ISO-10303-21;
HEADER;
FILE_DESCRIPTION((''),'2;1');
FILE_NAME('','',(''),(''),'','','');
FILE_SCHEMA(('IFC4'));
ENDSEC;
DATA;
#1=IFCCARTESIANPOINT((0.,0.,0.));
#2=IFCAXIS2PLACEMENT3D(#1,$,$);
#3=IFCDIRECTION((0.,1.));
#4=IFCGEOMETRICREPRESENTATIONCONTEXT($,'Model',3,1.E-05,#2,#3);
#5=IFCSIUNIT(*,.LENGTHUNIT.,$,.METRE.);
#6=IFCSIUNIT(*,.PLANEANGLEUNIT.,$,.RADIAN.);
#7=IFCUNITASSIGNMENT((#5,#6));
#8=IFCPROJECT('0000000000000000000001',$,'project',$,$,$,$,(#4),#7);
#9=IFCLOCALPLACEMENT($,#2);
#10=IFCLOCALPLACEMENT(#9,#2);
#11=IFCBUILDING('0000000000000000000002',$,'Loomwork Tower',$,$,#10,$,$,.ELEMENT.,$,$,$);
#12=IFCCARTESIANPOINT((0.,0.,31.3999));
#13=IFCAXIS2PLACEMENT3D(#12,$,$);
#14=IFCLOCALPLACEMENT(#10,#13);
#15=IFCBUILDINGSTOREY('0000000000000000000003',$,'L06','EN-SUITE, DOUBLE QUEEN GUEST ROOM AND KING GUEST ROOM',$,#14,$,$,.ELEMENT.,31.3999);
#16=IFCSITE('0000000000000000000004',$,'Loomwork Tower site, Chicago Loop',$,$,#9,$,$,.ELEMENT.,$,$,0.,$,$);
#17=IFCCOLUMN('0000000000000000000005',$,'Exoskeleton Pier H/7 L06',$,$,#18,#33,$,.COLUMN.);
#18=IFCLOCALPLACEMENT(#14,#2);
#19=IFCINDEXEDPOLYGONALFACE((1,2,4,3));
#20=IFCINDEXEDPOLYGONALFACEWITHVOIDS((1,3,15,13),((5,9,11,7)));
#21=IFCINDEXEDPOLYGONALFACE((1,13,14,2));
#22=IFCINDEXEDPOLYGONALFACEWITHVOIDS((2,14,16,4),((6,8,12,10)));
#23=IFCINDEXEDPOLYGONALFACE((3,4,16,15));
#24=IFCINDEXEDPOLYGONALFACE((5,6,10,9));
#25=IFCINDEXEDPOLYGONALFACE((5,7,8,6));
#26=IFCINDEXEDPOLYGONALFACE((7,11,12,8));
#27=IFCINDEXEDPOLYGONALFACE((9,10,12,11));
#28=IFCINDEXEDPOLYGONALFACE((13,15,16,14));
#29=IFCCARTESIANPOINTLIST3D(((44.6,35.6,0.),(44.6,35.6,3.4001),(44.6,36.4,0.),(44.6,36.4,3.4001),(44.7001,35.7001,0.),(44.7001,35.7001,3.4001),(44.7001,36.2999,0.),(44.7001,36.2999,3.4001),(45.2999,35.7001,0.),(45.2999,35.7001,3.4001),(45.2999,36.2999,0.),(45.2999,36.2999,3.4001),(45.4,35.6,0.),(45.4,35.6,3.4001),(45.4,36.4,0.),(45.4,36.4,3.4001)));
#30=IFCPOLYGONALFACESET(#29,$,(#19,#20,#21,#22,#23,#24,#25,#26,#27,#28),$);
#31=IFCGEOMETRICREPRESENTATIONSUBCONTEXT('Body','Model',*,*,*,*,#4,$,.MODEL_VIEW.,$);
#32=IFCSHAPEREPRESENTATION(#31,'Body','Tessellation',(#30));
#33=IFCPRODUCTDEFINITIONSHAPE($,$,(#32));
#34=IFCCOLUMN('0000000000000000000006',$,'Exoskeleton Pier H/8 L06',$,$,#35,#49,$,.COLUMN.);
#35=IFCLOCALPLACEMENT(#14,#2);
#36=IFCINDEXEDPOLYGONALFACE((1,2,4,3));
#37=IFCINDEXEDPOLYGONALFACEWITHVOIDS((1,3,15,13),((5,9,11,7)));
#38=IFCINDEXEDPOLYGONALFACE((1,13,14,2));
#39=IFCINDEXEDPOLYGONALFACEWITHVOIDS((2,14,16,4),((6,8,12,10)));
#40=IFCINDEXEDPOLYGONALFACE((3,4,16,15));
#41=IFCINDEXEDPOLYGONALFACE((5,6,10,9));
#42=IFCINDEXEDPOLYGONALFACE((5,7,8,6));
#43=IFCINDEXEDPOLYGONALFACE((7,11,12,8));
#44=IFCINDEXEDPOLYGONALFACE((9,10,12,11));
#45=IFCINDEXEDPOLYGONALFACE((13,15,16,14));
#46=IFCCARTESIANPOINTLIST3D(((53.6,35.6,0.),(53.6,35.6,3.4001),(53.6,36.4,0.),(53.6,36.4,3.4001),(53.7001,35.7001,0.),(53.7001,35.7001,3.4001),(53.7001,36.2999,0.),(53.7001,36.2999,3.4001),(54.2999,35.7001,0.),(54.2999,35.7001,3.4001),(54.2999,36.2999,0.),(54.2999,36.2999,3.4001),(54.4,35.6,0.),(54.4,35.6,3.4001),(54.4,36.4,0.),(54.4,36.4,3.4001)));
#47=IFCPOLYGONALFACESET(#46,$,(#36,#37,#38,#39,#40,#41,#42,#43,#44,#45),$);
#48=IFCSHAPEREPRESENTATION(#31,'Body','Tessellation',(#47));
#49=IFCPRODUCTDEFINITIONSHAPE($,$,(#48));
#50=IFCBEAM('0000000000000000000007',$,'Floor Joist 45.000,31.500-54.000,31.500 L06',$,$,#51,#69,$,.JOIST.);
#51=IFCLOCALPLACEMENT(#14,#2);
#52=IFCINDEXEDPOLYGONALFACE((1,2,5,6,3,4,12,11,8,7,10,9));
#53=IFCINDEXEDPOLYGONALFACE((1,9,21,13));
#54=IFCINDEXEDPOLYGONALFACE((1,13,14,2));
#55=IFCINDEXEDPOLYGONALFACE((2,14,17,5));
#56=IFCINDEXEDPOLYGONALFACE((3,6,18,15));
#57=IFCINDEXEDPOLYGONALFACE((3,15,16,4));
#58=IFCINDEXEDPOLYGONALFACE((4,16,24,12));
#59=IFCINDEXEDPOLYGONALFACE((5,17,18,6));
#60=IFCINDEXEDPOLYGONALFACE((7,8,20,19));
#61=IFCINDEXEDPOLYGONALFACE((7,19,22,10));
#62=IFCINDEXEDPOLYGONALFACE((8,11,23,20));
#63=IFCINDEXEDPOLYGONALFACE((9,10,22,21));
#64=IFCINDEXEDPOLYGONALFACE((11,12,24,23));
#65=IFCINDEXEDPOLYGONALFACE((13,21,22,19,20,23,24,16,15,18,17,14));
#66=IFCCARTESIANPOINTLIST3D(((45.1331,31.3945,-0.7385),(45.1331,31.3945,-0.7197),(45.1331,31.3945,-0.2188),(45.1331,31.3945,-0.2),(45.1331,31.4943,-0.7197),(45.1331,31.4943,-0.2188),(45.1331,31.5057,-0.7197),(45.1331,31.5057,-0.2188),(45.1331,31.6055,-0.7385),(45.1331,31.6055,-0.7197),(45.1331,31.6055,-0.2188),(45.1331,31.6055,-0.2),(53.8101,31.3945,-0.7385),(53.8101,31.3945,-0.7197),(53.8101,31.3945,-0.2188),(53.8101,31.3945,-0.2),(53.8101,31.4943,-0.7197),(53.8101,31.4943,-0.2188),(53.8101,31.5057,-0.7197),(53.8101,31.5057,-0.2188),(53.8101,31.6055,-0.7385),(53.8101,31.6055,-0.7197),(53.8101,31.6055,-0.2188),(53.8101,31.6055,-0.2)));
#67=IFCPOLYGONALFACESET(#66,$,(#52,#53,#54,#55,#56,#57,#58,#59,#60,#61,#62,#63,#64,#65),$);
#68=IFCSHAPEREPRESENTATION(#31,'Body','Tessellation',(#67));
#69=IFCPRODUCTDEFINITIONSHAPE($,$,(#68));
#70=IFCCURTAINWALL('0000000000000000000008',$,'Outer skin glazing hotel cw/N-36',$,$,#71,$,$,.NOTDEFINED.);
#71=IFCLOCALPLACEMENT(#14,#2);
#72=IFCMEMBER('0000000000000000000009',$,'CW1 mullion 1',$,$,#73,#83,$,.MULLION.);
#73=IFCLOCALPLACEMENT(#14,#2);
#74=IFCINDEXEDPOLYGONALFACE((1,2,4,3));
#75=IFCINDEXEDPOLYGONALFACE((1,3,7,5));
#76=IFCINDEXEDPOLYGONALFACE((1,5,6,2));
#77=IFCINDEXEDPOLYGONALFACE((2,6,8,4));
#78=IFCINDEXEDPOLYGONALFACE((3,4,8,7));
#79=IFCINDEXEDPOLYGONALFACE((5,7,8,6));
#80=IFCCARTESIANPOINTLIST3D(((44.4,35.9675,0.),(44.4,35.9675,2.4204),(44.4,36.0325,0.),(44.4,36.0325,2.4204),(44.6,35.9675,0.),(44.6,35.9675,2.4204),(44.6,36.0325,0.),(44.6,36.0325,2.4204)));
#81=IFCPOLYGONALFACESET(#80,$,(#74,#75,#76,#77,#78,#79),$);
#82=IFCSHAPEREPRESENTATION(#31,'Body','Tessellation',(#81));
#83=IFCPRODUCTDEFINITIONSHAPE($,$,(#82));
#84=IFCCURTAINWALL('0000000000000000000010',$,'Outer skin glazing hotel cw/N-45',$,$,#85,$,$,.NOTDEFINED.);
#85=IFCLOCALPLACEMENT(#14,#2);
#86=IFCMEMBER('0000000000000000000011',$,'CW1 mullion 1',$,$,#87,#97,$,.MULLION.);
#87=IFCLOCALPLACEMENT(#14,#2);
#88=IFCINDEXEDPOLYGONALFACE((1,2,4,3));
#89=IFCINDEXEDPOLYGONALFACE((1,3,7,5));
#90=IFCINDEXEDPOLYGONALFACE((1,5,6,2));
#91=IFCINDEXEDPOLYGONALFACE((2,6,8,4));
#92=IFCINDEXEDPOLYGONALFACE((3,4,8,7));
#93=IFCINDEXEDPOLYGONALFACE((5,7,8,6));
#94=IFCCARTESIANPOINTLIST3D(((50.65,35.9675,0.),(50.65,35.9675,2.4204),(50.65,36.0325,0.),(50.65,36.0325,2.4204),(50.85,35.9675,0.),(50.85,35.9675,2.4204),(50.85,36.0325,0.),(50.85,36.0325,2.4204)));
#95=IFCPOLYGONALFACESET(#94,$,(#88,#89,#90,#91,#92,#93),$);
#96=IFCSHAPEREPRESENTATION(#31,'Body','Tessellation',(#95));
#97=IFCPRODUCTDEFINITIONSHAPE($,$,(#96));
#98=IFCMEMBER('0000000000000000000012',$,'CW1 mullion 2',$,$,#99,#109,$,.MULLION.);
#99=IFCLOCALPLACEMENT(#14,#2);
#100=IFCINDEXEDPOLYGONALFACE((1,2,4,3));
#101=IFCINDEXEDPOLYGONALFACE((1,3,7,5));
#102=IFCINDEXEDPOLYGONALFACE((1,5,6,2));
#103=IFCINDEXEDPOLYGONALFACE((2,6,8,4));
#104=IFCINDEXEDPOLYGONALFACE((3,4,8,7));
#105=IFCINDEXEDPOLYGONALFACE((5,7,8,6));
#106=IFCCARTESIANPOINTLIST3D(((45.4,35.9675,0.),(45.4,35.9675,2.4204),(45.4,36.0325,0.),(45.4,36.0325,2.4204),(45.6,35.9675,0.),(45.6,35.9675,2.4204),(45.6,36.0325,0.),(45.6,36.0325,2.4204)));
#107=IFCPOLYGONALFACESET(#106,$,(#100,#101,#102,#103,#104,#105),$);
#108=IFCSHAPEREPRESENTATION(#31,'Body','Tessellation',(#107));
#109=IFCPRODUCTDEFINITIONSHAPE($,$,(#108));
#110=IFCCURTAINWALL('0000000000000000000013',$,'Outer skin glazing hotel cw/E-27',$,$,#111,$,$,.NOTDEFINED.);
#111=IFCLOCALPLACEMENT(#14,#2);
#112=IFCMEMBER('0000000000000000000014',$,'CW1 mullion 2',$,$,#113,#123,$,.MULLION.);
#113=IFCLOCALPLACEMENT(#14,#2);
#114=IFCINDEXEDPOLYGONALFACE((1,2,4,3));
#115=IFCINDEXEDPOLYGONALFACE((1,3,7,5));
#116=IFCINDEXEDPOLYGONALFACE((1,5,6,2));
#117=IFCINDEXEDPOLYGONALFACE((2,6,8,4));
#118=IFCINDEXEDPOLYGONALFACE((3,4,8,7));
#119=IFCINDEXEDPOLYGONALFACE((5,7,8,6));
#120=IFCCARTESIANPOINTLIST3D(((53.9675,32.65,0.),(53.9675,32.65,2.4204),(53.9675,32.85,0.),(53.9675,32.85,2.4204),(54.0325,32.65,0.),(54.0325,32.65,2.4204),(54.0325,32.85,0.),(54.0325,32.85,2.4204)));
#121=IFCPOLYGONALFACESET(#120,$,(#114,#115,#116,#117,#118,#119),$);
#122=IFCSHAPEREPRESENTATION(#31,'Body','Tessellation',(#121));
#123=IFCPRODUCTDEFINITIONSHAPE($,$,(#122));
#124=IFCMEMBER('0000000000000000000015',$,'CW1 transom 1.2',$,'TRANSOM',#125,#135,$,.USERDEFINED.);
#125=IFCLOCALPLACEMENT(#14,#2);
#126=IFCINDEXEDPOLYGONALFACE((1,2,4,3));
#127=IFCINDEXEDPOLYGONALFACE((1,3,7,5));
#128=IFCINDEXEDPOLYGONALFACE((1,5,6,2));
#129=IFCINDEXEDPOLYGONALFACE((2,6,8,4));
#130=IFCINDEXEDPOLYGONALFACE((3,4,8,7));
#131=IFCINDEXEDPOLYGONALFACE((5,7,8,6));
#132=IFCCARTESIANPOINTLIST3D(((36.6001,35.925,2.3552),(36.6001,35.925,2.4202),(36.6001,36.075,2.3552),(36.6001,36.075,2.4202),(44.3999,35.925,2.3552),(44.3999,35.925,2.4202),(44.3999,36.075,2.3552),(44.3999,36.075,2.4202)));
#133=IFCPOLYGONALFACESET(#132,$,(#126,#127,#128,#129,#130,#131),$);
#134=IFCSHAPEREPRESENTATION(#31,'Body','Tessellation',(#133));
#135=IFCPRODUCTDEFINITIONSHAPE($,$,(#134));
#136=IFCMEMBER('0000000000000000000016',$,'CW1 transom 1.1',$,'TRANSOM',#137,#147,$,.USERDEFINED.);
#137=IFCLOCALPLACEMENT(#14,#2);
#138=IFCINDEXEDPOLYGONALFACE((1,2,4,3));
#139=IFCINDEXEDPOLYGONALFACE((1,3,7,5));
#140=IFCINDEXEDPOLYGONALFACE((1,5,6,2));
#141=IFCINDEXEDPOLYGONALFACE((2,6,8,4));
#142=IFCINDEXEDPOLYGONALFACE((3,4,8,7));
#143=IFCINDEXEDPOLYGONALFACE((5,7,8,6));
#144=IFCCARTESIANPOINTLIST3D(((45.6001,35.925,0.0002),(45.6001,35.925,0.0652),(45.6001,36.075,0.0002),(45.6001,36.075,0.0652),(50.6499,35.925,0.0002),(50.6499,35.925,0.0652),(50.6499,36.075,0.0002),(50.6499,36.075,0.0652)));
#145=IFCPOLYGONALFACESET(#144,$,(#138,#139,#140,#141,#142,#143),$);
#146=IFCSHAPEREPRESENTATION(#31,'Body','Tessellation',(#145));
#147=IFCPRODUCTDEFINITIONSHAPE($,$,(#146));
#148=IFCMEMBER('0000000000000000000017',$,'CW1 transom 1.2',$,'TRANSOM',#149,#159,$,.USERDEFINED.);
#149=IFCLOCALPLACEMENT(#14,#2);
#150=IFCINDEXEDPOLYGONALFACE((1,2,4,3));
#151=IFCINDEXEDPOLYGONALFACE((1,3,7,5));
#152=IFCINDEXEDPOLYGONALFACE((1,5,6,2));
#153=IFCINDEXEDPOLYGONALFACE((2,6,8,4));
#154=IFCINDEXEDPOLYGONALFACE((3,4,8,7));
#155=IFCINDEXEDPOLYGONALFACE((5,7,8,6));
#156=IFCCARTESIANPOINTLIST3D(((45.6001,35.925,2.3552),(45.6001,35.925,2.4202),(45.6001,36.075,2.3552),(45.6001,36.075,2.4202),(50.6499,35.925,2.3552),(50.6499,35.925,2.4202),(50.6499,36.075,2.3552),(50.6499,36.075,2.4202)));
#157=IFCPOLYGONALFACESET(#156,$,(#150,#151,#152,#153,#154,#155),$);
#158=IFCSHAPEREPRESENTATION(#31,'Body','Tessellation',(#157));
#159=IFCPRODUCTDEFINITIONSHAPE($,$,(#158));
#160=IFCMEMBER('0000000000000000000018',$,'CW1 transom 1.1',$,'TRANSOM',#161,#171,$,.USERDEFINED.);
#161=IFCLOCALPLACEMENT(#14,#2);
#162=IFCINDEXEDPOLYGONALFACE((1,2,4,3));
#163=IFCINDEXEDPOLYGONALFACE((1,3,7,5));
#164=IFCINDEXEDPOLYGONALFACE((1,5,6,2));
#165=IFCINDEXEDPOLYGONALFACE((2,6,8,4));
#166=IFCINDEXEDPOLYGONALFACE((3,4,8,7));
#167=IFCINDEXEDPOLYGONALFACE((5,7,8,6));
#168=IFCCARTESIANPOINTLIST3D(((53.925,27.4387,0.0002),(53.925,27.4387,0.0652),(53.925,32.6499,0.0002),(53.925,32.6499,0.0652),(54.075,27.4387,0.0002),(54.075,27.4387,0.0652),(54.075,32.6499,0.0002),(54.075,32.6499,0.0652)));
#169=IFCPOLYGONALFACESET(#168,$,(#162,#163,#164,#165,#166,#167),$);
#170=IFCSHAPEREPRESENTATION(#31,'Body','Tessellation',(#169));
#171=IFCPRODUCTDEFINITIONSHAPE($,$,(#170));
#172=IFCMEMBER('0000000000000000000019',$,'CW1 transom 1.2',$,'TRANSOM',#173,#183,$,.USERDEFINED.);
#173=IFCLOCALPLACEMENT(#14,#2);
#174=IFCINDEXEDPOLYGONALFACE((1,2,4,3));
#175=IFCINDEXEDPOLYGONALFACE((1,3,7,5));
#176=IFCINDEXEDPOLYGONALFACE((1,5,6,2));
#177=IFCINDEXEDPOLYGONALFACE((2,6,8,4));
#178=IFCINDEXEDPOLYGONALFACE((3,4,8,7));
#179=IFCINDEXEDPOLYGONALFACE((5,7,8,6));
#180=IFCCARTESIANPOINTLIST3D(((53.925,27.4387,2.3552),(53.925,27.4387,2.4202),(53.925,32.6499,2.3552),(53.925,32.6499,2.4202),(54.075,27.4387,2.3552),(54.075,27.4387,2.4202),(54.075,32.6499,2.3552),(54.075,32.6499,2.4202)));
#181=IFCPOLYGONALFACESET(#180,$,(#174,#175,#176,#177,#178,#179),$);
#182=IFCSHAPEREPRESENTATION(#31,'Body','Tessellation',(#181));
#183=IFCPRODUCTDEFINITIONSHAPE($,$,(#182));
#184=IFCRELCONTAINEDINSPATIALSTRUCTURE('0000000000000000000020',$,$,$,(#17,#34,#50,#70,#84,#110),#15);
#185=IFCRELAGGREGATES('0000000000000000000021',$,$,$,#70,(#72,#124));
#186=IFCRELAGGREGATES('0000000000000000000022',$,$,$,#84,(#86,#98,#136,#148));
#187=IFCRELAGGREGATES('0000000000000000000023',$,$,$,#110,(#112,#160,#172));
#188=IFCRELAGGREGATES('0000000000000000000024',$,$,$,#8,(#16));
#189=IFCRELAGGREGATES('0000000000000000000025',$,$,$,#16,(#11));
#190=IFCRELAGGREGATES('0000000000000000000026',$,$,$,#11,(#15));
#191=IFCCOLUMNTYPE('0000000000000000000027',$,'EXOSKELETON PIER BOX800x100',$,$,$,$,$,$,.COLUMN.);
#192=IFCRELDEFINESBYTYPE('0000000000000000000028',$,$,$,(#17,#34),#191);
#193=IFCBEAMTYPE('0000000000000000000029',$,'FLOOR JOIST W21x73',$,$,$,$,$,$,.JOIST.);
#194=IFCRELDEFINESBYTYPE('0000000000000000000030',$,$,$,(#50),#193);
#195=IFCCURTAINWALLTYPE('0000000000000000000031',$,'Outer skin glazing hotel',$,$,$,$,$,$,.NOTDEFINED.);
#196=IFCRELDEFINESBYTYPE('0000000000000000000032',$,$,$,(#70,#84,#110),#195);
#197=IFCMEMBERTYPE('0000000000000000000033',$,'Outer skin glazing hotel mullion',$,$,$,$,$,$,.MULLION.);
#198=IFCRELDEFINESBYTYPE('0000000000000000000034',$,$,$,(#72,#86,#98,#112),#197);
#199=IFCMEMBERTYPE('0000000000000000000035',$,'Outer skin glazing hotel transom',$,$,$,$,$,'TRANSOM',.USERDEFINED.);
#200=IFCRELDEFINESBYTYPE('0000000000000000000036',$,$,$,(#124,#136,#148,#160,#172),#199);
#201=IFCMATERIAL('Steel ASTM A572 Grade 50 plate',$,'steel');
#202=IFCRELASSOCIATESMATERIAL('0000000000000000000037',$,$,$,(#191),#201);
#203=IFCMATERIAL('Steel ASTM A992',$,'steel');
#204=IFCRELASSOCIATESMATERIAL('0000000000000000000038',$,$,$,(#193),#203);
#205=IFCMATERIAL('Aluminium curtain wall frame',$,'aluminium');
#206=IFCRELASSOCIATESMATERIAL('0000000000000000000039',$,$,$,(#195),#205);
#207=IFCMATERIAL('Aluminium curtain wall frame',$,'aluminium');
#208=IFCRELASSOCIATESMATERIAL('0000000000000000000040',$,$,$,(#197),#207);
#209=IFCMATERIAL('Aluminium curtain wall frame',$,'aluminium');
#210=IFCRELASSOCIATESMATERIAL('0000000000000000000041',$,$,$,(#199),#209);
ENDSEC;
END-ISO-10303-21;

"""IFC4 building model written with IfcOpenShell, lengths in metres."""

from ifc_helpers import new_model, si_unit, direction, frame, origin, origin_2d, place, context, subcontext, project, spatial, rectangle, hollow_rectangle, i_section, extrude, material, material_profile, profile_set, type_object, element, aggregate, save


model = new_model("IFC4")

# Units and contexts
model_context = context("Model", 3, precision=1e-05, world=origin(), true_north=direction((0.0, 1.0)))
body_context = subcontext(model_context, "Body", "Model", "MODEL_VIEW")
ifc_project = project(units=[si_unit("LENGTHUNIT", "METRE"), si_unit("PLANEANGLEUNIT", "RADIAN")], contexts=[model_context])

# Site, building, storey
site_placement = place(None, origin())
site = spatial("IfcSite", under=ifc_project, at=site_placement, Name="Loomwork Tower site, Chicago Loop", CompositionType="ELEMENT", RefElevation=0.0)
building_placement = place(site_placement, origin())
building = spatial("IfcBuilding", under=site, at=building_placement, Name="Loomwork Tower", CompositionType="ELEMENT")
storey_placement = place(building_placement, frame((0.0, 0.0, 31.3999)))
storey = spatial("IfcBuildingStorey", under=building, at=storey_placement, Name="L06", Description="EN-SUITE, DOUBLE QUEEN GUEST ROOM AND KING GUEST ROOM", CompositionType="ELEMENT", Elevation=31.3999)

# Columns
ifc_material_1 = material(Name="Steel ASTM A572 Grade 50 plate", Category="steel")
ifc_material_profile_1 = material_profile(ifc_material_1, hollow_rectangle(XDim=0.8, YDim=0.8, WallThickness=0.1001, at=origin_2d()), Name="BOX800x100")
ifc_profile_set_1 = profile_set([ifc_material_profile_1], Name="Steel ASTM A572 Grade 50 plate")
column_type = type_object("IfcColumnType", Name="EXOSKELETON PIER BOX800x100", PredefinedType="COLUMN", material=ifc_profile_set_1)
for number, where, z_axis, x_axis, name in (
    (1, (45.0, 36.0, 0.0), (0.0, 0.0, 1.0), (1.0, 0.0, 0.0), "Exoskeleton Pier H/7 L06"),
    (2, (54.0, 36.0, 0.0), (0.0, 0.0, 1.0), (1.0, 0.0, 0.0), "Exoskeleton Pier H/8 L06"),
):
    element("IfcColumn", number, at=place(storey_placement, frame(where, z_axis=z_axis, x_axis=x_axis)), inside=storey, type_object=column_type, Name=name, PredefinedType="COLUMN", context=body_context, shape_type="SweptSolid", body=[
        extrude(hollow_rectangle(XDim=0.8, YDim=0.8, WallThickness=0.1001, at=origin_2d()), origin(), (0.0, 0.0, 1.0), 3.4001),
    ])

# Beam
ifc_material_2 = material(Name="Steel ASTM A992", Category="steel")
ifc_material_profile_2 = material_profile(ifc_material_2, i_section(OverallWidth=0.2109, OverallDepth=0.5386, WebThickness=0.0115, FlangeThickness=0.0188, at=origin_2d()), Name="W21x73")
ifc_profile_set_2 = profile_set([ifc_material_profile_2], Name="Steel ASTM A992")
beam_type_1 = type_object("IfcBeamType", Name="FLOOR JOIST W21x73", PredefinedType="JOIST", material=ifc_profile_set_2)
beam_1_placement = place(storey_placement, frame((45.1331, 31.5, -0.4692), z_axis=(1.0, 0.0, 0.0), x_axis=(0.0, 1.0, 0.0)))
element("IfcBeam", 3, at=beam_1_placement, inside=storey, type_object=beam_type_1, Name="Floor Joist 45.000,31.500-54.000,31.500 L06", PredefinedType="JOIST", context=body_context, shape_type="SweptSolid", body=[
    extrude(i_section(OverallWidth=0.2109, OverallDepth=0.5386, WebThickness=0.0115, FlangeThickness=0.0188, at=origin_2d()), origin(), (0.0, 0.0, 1.0), 8.677),
])

# Curtain wall, member
ifc_material_3 = material(Name="Aluminium curtain wall frame", Category="aluminium")
curtain_wall_type = type_object("IfcCurtainWallType", Name="Outer skin glazing hotel", PredefinedType="NOTDEFINED", material=ifc_material_3)
curtain_wall_1_placement = place(storey_placement, origin())
curtain_wall_1 = element("IfcCurtainWall", 4, at=curtain_wall_1_placement, inside=storey, type_object=curtain_wall_type, Name="Outer skin glazing hotel cw/N-36", PredefinedType="NOTDEFINED")
ifc_material_4 = material(Name="Aluminium curtain wall frame", Category="aluminium")
ifc_material_profile_3 = material_profile(ifc_material_4, rectangle(XDim=0.0649, YDim=0.2, at=origin_2d()), Name="AL 65x200")
ifc_profile_set_3 = profile_set([ifc_material_profile_3], Name="Aluminium curtain wall frame")
member_type_1 = type_object("IfcMemberType", Name="Outer skin glazing hotel mullion", PredefinedType="MULLION", material=ifc_profile_set_3)
member_1_placement = place(storey_placement, frame((44.5, 36.0, 0.0), z_axis=(0.0, 0.0, 1.0), x_axis=(0.0, -1.0, 0.0)))
member_1 = element("IfcMember", 5, at=member_1_placement, type_object=member_type_1, Name="CW1 mullion 1", PredefinedType="MULLION", context=body_context, shape_type="SweptSolid", body=[
    extrude(rectangle(XDim=0.0649, YDim=0.2, at=origin_2d()), origin(), (0.0, 0.0, 1.0), 2.4204),
])

# Curtain wall, members
curtain_wall_2_placement = place(storey_placement, origin())
curtain_wall_2 = element("IfcCurtainWall", 6, at=curtain_wall_2_placement, inside=storey, type_object=curtain_wall_type, Name="Outer skin glazing hotel cw/N-45", PredefinedType="NOTDEFINED")
member_2_placement = place(storey_placement, frame((50.75, 36.0, 0.0), z_axis=(0.0, 0.0, 1.0), x_axis=(0.0, -1.0, 0.0)))
member_2 = element("IfcMember", 7, at=member_2_placement, type_object=member_type_1, Name="CW1 mullion 1", PredefinedType="MULLION", context=body_context, shape_type="SweptSolid", body=[
    extrude(rectangle(XDim=0.0649, YDim=0.2, at=origin_2d()), origin(), (0.0, 0.0, 1.0), 2.4204),
])
member_3_placement = place(storey_placement, frame((45.5, 36.0, 0.0), z_axis=(0.0, 0.0, 1.0), x_axis=(0.0, -1.0, 0.0)))
member_3 = element("IfcMember", 8, at=member_3_placement, type_object=member_type_1, Name="CW1 mullion 2", PredefinedType="MULLION", context=body_context, shape_type="SweptSolid", body=[
    extrude(rectangle(XDim=0.0649, YDim=0.2, at=origin_2d()), origin(), (0.0, 0.0, 1.0), 2.4204),
])

# Curtain wall, member
curtain_wall_3_placement = place(storey_placement, origin())
curtain_wall_3 = element("IfcCurtainWall", 9, at=curtain_wall_3_placement, inside=storey, type_object=curtain_wall_type, Name="Outer skin glazing hotel cw/E-27", PredefinedType="NOTDEFINED")
member_4_placement = place(storey_placement, frame((54.0, 32.75, 0.0), z_axis=(0.0, 0.0, 1.0), x_axis=(-1.0, 0.0, 0.0)))
member_4 = element("IfcMember", 10, at=member_4_placement, type_object=member_type_1, Name="CW1 mullion 2", PredefinedType="MULLION", context=body_context, shape_type="SweptSolid", body=[
    extrude(rectangle(XDim=0.0649, YDim=0.2, at=origin_2d()), origin(), (0.0, 0.0, 1.0), 2.4204),
])

# Members
ifc_material_5 = material(Name="Aluminium curtain wall frame", Category="aluminium")
ifc_material_profile_4 = material_profile(ifc_material_5, rectangle(XDim=0.1499, YDim=0.0649, at=origin_2d()), Name="AL 65x150")
ifc_profile_set_4 = profile_set([ifc_material_profile_4], Name="Aluminium curtain wall frame")
member_type_2 = type_object("IfcMemberType", Name="Outer skin glazing hotel transom", ElementType="TRANSOM", PredefinedType="USERDEFINED", material=ifc_profile_set_4)
member_5_placement = place(storey_placement, frame((44.3999, 36.0, 2.3877), z_axis=(-1.0, 0.0, 0.0), x_axis=(0.0, -1.0, 0.0)))
member_5 = element("IfcMember", 11, at=member_5_placement, type_object=member_type_2, Name="CW1 transom 1.2", ObjectType="TRANSOM", PredefinedType="USERDEFINED", context=body_context, shape_type="SweptSolid", body=[
    extrude(rectangle(XDim=0.1499, YDim=0.0649, at=origin_2d()), origin(), (0.0, 0.0, 1.0), 7.7998),
])
aggregate(curtain_wall_1, [member_1, member_5])
member_6_placement = place(storey_placement, frame((50.6499, 36.0, 0.0327), z_axis=(-1.0, 0.0, 0.0), x_axis=(0.0, -1.0, 0.0)))
member_6 = element("IfcMember", 12, at=member_6_placement, type_object=member_type_2, Name="CW1 transom 1.1", ObjectType="TRANSOM", PredefinedType="USERDEFINED", context=body_context, shape_type="SweptSolid", body=[
    extrude(rectangle(XDim=0.1499, YDim=0.0649, at=origin_2d()), origin(), (0.0, 0.0, 1.0), 5.0498),
])
member_7_placement = place(storey_placement, frame((50.6499, 36.0, 2.3877), z_axis=(-1.0, 0.0, 0.0), x_axis=(0.0, -1.0, 0.0)))
member_7 = element("IfcMember", 13, at=member_7_placement, type_object=member_type_2, Name="CW1 transom 1.2", ObjectType="TRANSOM", PredefinedType="USERDEFINED", context=body_context, shape_type="SweptSolid", body=[
    extrude(rectangle(XDim=0.1499, YDim=0.0649, at=origin_2d()), origin(), (0.0, 0.0, 1.0), 5.0498),
])
member_8_placement = place(storey_placement, frame((54.0, 27.4387, 0.0327), z_axis=(0.0, 1.0, 0.0), x_axis=(-1.0, 0.0, 0.0)))
member_8 = element("IfcMember", 14, at=member_8_placement, type_object=member_type_2, Name="CW1 transom 1.1", ObjectType="TRANSOM", PredefinedType="USERDEFINED", context=body_context, shape_type="SweptSolid", body=[
    extrude(rectangle(XDim=0.1499, YDim=0.0649, at=origin_2d()), origin(), (0.0, 0.0, 1.0), 5.2112),
])
member_9_placement = place(storey_placement, frame((54.0, 27.4387, 2.3877), z_axis=(0.0, 1.0, 0.0), x_axis=(-1.0, 0.0, 0.0)))
member_9 = element("IfcMember", 15, at=member_9_placement, type_object=member_type_2, Name="CW1 transom 1.2", ObjectType="TRANSOM", PredefinedType="USERDEFINED", context=body_context, shape_type="SweptSolid", body=[
    extrude(rectangle(XDim=0.1499, YDim=0.0649, at=origin_2d()), origin(), (0.0, 0.0, 1.0), 5.2112),
])

aggregate(curtain_wall_2, [member_2, member_3, member_6, member_7])
aggregate(curtain_wall_3, [member_4, member_8, member_9])

save(model, "model.ifc")
